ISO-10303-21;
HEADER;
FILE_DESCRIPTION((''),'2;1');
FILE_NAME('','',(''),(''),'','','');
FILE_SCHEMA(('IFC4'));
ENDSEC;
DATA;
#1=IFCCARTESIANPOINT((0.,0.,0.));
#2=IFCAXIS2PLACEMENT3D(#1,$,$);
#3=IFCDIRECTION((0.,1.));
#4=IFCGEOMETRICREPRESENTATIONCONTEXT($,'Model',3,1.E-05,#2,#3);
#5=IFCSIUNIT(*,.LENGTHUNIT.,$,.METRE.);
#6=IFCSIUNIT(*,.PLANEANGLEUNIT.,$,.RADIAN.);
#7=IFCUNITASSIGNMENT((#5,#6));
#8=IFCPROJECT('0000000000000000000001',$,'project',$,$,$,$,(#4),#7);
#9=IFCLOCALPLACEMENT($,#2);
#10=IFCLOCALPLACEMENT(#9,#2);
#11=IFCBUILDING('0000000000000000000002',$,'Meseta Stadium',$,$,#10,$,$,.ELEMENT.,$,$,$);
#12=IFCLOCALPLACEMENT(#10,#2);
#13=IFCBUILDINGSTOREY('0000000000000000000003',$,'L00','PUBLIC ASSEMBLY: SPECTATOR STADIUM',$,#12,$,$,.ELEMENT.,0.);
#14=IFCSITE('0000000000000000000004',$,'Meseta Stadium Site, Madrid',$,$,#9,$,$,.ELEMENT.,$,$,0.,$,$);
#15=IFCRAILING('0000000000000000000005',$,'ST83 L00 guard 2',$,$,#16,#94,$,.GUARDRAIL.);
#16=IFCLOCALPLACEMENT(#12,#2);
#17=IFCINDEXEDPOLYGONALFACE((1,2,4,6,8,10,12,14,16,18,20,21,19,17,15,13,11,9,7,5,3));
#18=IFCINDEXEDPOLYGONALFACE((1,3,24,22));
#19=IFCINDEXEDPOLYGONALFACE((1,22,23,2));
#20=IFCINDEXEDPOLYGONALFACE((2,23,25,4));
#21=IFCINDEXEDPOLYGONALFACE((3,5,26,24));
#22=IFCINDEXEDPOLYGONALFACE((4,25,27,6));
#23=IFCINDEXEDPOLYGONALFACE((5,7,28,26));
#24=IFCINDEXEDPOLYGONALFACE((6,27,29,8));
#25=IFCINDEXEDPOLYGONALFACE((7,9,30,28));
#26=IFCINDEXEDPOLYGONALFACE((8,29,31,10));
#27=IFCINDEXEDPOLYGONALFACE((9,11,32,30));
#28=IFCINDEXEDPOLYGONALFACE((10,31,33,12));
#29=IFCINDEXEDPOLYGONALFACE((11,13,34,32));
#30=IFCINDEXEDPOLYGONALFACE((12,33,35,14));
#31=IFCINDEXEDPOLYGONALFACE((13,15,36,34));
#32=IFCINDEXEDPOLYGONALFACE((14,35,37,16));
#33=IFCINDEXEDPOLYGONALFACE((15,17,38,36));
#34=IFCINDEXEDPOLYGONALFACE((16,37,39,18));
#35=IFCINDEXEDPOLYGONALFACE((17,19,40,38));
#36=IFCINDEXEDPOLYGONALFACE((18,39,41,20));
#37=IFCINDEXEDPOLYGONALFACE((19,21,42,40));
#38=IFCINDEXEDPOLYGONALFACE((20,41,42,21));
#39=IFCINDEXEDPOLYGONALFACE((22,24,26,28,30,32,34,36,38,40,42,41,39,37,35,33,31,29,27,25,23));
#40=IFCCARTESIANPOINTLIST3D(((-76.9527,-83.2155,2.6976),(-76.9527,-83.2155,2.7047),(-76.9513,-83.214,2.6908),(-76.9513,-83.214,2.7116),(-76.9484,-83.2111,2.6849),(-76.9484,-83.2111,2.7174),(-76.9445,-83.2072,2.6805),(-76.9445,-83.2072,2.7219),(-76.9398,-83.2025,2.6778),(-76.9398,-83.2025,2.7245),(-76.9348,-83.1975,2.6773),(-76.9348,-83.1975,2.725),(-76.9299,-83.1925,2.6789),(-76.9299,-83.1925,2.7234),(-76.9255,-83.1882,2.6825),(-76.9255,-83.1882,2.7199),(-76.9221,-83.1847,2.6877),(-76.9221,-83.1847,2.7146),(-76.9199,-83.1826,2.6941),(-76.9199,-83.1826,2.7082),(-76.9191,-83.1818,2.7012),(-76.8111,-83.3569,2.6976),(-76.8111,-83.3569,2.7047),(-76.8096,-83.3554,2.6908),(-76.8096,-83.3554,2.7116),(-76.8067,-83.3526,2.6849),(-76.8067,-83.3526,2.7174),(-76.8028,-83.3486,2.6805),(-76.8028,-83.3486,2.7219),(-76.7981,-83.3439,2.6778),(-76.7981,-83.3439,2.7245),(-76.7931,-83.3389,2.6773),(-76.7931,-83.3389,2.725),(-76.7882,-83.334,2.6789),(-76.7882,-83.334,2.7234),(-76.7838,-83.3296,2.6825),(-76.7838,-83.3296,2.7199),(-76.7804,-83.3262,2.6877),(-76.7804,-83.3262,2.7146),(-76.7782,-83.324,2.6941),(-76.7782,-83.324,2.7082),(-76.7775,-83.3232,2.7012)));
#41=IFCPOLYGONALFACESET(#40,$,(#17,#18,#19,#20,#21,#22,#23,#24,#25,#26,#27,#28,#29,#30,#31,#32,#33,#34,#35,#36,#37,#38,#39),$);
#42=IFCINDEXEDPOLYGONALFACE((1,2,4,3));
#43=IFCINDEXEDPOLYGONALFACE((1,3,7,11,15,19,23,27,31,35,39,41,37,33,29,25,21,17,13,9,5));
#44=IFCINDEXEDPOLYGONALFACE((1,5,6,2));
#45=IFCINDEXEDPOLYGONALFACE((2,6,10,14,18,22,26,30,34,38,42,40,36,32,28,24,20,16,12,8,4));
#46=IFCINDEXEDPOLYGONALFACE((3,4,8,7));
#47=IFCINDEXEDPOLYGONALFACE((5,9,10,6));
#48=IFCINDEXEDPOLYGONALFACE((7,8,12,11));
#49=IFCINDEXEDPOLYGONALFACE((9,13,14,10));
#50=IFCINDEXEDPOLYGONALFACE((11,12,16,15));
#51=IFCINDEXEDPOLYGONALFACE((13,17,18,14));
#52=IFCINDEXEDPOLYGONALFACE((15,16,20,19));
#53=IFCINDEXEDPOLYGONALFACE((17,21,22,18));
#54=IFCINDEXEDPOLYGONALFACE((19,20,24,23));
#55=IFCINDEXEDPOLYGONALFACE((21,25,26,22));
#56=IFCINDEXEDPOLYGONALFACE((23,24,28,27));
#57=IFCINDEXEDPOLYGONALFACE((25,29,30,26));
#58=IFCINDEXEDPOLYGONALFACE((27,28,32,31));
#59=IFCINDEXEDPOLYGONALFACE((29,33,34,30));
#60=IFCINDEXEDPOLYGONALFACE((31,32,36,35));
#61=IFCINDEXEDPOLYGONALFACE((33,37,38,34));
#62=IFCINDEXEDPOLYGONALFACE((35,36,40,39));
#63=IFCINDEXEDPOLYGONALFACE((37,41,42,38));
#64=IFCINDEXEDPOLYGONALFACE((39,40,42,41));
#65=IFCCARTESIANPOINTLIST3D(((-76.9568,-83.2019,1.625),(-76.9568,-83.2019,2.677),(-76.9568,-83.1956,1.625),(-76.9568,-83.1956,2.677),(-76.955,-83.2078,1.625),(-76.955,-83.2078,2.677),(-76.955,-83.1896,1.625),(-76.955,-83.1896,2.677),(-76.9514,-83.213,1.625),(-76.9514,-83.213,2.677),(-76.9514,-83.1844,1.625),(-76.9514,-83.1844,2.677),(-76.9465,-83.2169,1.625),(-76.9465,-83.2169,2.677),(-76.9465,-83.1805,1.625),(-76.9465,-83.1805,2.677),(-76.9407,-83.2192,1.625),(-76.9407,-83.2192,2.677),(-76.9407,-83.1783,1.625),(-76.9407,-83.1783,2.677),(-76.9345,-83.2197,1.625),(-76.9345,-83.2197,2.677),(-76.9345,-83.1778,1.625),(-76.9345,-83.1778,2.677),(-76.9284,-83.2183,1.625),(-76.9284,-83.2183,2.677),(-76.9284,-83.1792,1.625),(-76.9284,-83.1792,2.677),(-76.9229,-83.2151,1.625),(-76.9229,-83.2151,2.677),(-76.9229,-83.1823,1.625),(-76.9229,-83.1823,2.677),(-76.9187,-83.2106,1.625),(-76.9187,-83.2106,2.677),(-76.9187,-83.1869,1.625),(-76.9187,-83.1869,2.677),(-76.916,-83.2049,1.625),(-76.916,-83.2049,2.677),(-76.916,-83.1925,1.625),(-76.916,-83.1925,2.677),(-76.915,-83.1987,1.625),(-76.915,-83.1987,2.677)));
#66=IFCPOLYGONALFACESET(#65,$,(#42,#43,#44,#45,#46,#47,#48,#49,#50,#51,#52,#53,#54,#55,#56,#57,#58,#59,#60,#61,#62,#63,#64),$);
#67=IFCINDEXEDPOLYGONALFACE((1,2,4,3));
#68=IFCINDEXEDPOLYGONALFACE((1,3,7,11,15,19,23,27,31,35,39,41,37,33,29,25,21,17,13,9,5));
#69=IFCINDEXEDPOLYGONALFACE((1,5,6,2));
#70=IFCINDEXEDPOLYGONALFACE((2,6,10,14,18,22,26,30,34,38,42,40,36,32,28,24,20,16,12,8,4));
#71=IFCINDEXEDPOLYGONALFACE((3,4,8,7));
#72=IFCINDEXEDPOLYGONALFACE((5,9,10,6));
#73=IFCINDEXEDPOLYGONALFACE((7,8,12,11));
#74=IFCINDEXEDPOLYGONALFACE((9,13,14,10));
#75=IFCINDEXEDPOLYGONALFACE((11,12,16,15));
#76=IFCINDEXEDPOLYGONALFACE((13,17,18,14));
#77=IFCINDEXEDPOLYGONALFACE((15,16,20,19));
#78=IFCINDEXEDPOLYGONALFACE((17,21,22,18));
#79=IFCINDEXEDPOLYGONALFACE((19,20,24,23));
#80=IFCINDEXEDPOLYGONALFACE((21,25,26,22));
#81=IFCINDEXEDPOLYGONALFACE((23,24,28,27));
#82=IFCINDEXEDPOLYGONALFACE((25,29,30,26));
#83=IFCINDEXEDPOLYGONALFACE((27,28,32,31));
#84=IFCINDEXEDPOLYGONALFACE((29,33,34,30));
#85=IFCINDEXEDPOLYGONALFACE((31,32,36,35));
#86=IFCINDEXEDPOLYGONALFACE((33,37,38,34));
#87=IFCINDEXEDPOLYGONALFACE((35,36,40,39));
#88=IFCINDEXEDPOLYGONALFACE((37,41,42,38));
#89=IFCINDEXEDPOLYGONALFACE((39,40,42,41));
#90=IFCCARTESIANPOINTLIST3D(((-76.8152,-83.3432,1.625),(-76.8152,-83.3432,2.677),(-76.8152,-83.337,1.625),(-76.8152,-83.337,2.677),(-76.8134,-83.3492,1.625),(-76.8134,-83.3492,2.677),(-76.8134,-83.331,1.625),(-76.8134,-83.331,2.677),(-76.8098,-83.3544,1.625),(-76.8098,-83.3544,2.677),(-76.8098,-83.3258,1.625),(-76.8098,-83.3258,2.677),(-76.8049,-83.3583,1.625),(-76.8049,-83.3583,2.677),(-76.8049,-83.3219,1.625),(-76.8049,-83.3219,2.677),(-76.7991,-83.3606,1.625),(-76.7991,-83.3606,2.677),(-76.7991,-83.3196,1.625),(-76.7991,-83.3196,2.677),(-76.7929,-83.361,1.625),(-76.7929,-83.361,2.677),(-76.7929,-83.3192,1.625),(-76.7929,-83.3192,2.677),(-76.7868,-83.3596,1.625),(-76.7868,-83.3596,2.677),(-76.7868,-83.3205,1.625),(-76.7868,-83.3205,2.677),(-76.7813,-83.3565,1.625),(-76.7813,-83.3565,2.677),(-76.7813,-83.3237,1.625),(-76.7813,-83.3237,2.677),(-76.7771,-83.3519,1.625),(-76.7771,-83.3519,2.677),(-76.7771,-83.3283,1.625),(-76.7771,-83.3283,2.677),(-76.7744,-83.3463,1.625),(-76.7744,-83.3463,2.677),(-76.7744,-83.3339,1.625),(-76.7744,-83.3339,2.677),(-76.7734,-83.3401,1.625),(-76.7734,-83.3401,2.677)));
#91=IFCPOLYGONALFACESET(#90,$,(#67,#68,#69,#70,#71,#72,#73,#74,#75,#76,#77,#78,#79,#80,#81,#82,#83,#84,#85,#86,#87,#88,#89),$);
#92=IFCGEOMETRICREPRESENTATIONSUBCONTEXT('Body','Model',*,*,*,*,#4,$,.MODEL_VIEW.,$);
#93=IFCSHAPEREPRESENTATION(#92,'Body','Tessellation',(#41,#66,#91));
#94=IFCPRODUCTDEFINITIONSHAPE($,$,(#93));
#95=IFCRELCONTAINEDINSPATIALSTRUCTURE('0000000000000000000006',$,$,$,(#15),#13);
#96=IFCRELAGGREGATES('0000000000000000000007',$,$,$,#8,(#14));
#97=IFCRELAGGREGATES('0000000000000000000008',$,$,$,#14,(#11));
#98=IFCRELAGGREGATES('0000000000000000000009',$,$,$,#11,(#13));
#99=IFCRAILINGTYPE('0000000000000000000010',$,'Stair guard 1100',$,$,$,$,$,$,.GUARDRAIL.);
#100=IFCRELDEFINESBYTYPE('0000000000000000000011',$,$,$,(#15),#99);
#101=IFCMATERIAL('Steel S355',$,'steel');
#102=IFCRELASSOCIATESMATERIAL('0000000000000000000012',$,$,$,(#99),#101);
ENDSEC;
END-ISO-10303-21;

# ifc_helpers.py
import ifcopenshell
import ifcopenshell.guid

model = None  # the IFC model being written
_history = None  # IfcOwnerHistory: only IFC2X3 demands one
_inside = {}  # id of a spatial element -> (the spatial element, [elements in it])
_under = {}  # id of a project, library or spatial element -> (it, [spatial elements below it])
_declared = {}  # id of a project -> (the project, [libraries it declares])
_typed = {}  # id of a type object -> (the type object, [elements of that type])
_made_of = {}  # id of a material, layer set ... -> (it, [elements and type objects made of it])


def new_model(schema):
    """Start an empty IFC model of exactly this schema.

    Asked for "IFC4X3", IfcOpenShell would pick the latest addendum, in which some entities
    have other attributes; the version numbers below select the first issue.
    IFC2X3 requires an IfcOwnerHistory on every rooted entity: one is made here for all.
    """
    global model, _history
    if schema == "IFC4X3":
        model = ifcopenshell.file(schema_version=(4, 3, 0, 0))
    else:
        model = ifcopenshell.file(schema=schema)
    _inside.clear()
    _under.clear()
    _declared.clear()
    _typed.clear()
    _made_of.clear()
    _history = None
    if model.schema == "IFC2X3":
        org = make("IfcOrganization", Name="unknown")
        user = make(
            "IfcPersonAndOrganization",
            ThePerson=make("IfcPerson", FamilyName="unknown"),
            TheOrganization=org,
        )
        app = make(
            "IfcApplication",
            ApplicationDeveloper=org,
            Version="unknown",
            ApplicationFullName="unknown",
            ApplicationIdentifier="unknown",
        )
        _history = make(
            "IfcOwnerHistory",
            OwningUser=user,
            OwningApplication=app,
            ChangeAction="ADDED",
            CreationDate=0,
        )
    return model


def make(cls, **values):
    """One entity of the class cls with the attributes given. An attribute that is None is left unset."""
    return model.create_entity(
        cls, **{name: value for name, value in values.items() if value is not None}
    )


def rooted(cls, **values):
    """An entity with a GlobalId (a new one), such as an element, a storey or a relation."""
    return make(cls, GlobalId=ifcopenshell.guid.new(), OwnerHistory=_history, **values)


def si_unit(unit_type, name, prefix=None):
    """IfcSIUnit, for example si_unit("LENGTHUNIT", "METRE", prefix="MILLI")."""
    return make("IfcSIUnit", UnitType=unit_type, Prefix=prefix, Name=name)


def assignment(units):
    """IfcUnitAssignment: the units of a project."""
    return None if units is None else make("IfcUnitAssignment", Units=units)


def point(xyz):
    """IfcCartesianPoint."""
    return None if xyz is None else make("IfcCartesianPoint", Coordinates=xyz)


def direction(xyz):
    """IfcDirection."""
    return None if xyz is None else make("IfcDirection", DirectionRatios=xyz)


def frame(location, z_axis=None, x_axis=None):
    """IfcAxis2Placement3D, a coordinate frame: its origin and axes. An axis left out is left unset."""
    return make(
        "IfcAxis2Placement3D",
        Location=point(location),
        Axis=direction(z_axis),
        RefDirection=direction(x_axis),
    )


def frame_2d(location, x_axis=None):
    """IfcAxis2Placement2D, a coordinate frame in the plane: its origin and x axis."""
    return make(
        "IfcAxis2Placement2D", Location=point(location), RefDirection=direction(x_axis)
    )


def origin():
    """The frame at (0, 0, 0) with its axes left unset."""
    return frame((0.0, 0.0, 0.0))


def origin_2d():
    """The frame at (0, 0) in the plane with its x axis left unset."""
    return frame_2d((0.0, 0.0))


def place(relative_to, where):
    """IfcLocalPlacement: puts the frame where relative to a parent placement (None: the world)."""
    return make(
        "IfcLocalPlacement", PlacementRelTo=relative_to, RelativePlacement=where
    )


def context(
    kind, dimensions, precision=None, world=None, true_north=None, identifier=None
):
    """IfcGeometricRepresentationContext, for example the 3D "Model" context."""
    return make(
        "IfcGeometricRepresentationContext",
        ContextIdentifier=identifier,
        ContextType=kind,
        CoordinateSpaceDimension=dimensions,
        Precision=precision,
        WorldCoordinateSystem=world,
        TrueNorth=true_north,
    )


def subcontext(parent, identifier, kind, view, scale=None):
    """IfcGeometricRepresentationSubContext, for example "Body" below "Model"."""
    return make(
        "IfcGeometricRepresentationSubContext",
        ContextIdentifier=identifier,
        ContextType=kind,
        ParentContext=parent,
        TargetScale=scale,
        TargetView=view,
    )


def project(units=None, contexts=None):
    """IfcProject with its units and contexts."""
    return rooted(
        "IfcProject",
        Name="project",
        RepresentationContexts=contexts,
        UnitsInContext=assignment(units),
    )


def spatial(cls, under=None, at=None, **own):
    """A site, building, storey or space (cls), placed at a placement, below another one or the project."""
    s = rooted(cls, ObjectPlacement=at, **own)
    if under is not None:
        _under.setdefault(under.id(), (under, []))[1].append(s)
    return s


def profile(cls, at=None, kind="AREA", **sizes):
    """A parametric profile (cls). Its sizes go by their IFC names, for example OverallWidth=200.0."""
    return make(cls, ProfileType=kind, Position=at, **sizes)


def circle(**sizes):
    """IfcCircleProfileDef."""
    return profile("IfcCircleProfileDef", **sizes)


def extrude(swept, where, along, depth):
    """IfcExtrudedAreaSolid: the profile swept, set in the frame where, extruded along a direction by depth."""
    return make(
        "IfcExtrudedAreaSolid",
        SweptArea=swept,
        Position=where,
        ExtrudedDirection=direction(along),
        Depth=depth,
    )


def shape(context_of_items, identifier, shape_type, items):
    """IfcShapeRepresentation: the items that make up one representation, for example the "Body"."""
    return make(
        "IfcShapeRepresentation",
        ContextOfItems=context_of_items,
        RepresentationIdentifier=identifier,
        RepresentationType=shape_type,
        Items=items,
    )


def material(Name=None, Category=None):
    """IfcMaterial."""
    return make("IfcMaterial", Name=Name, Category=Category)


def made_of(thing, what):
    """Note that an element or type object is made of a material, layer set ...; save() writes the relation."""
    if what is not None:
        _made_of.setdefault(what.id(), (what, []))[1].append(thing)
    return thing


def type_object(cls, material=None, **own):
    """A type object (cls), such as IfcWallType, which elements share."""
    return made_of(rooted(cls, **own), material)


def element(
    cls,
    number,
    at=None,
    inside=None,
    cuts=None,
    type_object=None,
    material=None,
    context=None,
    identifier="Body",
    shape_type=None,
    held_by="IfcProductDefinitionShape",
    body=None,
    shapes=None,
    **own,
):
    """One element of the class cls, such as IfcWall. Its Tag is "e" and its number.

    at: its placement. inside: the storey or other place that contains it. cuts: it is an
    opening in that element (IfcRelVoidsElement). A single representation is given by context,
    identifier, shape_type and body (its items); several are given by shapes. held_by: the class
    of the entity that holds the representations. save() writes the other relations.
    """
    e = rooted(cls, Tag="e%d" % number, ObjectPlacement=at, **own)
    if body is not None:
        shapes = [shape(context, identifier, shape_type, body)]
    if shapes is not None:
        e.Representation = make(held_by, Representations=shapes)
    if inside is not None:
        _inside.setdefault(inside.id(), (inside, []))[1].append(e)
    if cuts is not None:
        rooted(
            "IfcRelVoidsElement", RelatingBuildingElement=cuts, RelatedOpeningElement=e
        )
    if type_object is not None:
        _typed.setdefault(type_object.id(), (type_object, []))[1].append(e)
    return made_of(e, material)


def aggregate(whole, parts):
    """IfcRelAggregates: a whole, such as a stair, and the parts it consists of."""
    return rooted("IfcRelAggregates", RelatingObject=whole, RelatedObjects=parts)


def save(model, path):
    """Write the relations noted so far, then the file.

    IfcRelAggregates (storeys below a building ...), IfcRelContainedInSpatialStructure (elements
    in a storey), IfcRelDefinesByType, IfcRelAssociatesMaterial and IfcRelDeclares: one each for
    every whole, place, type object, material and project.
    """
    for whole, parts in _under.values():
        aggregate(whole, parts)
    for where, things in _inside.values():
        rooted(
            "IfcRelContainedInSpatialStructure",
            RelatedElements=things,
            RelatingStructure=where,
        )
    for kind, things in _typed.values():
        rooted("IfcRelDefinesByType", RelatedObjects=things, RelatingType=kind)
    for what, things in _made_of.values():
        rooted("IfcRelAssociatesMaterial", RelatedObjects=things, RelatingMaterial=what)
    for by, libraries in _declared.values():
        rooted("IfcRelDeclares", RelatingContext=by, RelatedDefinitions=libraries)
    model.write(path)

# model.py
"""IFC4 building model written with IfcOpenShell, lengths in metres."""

from ifc_helpers import new_model, si_unit, direction, frame, origin, origin_2d, place, context, subcontext, project, spatial, circle, extrude, material, type_object, element, save


model = new_model("IFC4")

# Units and contexts
model_context = context("Model", 3, precision=1e-05, world=origin(), true_north=direction((0.0, 1.0)))
body_context = subcontext(model_context, "Body", "Model", "MODEL_VIEW")
ifc_project = project(units=[si_unit("LENGTHUNIT", "METRE"), si_unit("PLANEANGLEUNIT", "RADIAN")], contexts=[model_context])

# Site, building, storey
site_placement = place(None, origin())
site = spatial("IfcSite", under=ifc_project, at=site_placement, Name="Meseta Stadium Site, Madrid", CompositionType="ELEMENT", RefElevation=0.0)
building_placement = place(site_placement, origin())
building = spatial("IfcBuilding", under=site, at=building_placement, Name="Meseta Stadium", CompositionType="ELEMENT")
storey_placement = place(building_placement, origin())
storey = spatial("IfcBuildingStorey", under=building, at=storey_placement, Name="L00", Description="PUBLIC ASSEMBLY: SPECTATOR STADIUM", CompositionType="ELEMENT", Elevation=0.0)

# Railing
ifc_material_1 = material(Name="Steel S355", Category="steel")
railing_type_1 = type_object("IfcRailingType", Name="Stair guard 1100", PredefinedType="GUARDRAIL", material=ifc_material_1)
railing_1_placement = place(storey_placement, frame((-76.936, -83.1987, 1.625)))
element("IfcRailing", 1, at=railing_1_placement, inside=storey, type_object=railing_type_1, Name="ST83 L00 guard 2", PredefinedType="GUARDRAIL", context=body_context, shape_type="SweptSolid", body=[
    extrude(circle(Radius=0.0239, at=origin_2d()), frame((0.0, 0.0, 1.0762), z_axis=(0.707717, -0.706496, 0.0), x_axis=(0.706496, 0.707717, 0.0)), (0.0, 0.0, 1.0), 0.2002),
    extrude(circle(Radius=0.021, at=origin_2d()), origin(), (0.0, 0.0, 1.0), 1.052),
    extrude(circle(Radius=0.021, at=origin_2d()), frame((0.1416, -0.1414, 0.0)), (0.0, 0.0, 1.0), 1.052),
])

save(model, "model.ifc")
